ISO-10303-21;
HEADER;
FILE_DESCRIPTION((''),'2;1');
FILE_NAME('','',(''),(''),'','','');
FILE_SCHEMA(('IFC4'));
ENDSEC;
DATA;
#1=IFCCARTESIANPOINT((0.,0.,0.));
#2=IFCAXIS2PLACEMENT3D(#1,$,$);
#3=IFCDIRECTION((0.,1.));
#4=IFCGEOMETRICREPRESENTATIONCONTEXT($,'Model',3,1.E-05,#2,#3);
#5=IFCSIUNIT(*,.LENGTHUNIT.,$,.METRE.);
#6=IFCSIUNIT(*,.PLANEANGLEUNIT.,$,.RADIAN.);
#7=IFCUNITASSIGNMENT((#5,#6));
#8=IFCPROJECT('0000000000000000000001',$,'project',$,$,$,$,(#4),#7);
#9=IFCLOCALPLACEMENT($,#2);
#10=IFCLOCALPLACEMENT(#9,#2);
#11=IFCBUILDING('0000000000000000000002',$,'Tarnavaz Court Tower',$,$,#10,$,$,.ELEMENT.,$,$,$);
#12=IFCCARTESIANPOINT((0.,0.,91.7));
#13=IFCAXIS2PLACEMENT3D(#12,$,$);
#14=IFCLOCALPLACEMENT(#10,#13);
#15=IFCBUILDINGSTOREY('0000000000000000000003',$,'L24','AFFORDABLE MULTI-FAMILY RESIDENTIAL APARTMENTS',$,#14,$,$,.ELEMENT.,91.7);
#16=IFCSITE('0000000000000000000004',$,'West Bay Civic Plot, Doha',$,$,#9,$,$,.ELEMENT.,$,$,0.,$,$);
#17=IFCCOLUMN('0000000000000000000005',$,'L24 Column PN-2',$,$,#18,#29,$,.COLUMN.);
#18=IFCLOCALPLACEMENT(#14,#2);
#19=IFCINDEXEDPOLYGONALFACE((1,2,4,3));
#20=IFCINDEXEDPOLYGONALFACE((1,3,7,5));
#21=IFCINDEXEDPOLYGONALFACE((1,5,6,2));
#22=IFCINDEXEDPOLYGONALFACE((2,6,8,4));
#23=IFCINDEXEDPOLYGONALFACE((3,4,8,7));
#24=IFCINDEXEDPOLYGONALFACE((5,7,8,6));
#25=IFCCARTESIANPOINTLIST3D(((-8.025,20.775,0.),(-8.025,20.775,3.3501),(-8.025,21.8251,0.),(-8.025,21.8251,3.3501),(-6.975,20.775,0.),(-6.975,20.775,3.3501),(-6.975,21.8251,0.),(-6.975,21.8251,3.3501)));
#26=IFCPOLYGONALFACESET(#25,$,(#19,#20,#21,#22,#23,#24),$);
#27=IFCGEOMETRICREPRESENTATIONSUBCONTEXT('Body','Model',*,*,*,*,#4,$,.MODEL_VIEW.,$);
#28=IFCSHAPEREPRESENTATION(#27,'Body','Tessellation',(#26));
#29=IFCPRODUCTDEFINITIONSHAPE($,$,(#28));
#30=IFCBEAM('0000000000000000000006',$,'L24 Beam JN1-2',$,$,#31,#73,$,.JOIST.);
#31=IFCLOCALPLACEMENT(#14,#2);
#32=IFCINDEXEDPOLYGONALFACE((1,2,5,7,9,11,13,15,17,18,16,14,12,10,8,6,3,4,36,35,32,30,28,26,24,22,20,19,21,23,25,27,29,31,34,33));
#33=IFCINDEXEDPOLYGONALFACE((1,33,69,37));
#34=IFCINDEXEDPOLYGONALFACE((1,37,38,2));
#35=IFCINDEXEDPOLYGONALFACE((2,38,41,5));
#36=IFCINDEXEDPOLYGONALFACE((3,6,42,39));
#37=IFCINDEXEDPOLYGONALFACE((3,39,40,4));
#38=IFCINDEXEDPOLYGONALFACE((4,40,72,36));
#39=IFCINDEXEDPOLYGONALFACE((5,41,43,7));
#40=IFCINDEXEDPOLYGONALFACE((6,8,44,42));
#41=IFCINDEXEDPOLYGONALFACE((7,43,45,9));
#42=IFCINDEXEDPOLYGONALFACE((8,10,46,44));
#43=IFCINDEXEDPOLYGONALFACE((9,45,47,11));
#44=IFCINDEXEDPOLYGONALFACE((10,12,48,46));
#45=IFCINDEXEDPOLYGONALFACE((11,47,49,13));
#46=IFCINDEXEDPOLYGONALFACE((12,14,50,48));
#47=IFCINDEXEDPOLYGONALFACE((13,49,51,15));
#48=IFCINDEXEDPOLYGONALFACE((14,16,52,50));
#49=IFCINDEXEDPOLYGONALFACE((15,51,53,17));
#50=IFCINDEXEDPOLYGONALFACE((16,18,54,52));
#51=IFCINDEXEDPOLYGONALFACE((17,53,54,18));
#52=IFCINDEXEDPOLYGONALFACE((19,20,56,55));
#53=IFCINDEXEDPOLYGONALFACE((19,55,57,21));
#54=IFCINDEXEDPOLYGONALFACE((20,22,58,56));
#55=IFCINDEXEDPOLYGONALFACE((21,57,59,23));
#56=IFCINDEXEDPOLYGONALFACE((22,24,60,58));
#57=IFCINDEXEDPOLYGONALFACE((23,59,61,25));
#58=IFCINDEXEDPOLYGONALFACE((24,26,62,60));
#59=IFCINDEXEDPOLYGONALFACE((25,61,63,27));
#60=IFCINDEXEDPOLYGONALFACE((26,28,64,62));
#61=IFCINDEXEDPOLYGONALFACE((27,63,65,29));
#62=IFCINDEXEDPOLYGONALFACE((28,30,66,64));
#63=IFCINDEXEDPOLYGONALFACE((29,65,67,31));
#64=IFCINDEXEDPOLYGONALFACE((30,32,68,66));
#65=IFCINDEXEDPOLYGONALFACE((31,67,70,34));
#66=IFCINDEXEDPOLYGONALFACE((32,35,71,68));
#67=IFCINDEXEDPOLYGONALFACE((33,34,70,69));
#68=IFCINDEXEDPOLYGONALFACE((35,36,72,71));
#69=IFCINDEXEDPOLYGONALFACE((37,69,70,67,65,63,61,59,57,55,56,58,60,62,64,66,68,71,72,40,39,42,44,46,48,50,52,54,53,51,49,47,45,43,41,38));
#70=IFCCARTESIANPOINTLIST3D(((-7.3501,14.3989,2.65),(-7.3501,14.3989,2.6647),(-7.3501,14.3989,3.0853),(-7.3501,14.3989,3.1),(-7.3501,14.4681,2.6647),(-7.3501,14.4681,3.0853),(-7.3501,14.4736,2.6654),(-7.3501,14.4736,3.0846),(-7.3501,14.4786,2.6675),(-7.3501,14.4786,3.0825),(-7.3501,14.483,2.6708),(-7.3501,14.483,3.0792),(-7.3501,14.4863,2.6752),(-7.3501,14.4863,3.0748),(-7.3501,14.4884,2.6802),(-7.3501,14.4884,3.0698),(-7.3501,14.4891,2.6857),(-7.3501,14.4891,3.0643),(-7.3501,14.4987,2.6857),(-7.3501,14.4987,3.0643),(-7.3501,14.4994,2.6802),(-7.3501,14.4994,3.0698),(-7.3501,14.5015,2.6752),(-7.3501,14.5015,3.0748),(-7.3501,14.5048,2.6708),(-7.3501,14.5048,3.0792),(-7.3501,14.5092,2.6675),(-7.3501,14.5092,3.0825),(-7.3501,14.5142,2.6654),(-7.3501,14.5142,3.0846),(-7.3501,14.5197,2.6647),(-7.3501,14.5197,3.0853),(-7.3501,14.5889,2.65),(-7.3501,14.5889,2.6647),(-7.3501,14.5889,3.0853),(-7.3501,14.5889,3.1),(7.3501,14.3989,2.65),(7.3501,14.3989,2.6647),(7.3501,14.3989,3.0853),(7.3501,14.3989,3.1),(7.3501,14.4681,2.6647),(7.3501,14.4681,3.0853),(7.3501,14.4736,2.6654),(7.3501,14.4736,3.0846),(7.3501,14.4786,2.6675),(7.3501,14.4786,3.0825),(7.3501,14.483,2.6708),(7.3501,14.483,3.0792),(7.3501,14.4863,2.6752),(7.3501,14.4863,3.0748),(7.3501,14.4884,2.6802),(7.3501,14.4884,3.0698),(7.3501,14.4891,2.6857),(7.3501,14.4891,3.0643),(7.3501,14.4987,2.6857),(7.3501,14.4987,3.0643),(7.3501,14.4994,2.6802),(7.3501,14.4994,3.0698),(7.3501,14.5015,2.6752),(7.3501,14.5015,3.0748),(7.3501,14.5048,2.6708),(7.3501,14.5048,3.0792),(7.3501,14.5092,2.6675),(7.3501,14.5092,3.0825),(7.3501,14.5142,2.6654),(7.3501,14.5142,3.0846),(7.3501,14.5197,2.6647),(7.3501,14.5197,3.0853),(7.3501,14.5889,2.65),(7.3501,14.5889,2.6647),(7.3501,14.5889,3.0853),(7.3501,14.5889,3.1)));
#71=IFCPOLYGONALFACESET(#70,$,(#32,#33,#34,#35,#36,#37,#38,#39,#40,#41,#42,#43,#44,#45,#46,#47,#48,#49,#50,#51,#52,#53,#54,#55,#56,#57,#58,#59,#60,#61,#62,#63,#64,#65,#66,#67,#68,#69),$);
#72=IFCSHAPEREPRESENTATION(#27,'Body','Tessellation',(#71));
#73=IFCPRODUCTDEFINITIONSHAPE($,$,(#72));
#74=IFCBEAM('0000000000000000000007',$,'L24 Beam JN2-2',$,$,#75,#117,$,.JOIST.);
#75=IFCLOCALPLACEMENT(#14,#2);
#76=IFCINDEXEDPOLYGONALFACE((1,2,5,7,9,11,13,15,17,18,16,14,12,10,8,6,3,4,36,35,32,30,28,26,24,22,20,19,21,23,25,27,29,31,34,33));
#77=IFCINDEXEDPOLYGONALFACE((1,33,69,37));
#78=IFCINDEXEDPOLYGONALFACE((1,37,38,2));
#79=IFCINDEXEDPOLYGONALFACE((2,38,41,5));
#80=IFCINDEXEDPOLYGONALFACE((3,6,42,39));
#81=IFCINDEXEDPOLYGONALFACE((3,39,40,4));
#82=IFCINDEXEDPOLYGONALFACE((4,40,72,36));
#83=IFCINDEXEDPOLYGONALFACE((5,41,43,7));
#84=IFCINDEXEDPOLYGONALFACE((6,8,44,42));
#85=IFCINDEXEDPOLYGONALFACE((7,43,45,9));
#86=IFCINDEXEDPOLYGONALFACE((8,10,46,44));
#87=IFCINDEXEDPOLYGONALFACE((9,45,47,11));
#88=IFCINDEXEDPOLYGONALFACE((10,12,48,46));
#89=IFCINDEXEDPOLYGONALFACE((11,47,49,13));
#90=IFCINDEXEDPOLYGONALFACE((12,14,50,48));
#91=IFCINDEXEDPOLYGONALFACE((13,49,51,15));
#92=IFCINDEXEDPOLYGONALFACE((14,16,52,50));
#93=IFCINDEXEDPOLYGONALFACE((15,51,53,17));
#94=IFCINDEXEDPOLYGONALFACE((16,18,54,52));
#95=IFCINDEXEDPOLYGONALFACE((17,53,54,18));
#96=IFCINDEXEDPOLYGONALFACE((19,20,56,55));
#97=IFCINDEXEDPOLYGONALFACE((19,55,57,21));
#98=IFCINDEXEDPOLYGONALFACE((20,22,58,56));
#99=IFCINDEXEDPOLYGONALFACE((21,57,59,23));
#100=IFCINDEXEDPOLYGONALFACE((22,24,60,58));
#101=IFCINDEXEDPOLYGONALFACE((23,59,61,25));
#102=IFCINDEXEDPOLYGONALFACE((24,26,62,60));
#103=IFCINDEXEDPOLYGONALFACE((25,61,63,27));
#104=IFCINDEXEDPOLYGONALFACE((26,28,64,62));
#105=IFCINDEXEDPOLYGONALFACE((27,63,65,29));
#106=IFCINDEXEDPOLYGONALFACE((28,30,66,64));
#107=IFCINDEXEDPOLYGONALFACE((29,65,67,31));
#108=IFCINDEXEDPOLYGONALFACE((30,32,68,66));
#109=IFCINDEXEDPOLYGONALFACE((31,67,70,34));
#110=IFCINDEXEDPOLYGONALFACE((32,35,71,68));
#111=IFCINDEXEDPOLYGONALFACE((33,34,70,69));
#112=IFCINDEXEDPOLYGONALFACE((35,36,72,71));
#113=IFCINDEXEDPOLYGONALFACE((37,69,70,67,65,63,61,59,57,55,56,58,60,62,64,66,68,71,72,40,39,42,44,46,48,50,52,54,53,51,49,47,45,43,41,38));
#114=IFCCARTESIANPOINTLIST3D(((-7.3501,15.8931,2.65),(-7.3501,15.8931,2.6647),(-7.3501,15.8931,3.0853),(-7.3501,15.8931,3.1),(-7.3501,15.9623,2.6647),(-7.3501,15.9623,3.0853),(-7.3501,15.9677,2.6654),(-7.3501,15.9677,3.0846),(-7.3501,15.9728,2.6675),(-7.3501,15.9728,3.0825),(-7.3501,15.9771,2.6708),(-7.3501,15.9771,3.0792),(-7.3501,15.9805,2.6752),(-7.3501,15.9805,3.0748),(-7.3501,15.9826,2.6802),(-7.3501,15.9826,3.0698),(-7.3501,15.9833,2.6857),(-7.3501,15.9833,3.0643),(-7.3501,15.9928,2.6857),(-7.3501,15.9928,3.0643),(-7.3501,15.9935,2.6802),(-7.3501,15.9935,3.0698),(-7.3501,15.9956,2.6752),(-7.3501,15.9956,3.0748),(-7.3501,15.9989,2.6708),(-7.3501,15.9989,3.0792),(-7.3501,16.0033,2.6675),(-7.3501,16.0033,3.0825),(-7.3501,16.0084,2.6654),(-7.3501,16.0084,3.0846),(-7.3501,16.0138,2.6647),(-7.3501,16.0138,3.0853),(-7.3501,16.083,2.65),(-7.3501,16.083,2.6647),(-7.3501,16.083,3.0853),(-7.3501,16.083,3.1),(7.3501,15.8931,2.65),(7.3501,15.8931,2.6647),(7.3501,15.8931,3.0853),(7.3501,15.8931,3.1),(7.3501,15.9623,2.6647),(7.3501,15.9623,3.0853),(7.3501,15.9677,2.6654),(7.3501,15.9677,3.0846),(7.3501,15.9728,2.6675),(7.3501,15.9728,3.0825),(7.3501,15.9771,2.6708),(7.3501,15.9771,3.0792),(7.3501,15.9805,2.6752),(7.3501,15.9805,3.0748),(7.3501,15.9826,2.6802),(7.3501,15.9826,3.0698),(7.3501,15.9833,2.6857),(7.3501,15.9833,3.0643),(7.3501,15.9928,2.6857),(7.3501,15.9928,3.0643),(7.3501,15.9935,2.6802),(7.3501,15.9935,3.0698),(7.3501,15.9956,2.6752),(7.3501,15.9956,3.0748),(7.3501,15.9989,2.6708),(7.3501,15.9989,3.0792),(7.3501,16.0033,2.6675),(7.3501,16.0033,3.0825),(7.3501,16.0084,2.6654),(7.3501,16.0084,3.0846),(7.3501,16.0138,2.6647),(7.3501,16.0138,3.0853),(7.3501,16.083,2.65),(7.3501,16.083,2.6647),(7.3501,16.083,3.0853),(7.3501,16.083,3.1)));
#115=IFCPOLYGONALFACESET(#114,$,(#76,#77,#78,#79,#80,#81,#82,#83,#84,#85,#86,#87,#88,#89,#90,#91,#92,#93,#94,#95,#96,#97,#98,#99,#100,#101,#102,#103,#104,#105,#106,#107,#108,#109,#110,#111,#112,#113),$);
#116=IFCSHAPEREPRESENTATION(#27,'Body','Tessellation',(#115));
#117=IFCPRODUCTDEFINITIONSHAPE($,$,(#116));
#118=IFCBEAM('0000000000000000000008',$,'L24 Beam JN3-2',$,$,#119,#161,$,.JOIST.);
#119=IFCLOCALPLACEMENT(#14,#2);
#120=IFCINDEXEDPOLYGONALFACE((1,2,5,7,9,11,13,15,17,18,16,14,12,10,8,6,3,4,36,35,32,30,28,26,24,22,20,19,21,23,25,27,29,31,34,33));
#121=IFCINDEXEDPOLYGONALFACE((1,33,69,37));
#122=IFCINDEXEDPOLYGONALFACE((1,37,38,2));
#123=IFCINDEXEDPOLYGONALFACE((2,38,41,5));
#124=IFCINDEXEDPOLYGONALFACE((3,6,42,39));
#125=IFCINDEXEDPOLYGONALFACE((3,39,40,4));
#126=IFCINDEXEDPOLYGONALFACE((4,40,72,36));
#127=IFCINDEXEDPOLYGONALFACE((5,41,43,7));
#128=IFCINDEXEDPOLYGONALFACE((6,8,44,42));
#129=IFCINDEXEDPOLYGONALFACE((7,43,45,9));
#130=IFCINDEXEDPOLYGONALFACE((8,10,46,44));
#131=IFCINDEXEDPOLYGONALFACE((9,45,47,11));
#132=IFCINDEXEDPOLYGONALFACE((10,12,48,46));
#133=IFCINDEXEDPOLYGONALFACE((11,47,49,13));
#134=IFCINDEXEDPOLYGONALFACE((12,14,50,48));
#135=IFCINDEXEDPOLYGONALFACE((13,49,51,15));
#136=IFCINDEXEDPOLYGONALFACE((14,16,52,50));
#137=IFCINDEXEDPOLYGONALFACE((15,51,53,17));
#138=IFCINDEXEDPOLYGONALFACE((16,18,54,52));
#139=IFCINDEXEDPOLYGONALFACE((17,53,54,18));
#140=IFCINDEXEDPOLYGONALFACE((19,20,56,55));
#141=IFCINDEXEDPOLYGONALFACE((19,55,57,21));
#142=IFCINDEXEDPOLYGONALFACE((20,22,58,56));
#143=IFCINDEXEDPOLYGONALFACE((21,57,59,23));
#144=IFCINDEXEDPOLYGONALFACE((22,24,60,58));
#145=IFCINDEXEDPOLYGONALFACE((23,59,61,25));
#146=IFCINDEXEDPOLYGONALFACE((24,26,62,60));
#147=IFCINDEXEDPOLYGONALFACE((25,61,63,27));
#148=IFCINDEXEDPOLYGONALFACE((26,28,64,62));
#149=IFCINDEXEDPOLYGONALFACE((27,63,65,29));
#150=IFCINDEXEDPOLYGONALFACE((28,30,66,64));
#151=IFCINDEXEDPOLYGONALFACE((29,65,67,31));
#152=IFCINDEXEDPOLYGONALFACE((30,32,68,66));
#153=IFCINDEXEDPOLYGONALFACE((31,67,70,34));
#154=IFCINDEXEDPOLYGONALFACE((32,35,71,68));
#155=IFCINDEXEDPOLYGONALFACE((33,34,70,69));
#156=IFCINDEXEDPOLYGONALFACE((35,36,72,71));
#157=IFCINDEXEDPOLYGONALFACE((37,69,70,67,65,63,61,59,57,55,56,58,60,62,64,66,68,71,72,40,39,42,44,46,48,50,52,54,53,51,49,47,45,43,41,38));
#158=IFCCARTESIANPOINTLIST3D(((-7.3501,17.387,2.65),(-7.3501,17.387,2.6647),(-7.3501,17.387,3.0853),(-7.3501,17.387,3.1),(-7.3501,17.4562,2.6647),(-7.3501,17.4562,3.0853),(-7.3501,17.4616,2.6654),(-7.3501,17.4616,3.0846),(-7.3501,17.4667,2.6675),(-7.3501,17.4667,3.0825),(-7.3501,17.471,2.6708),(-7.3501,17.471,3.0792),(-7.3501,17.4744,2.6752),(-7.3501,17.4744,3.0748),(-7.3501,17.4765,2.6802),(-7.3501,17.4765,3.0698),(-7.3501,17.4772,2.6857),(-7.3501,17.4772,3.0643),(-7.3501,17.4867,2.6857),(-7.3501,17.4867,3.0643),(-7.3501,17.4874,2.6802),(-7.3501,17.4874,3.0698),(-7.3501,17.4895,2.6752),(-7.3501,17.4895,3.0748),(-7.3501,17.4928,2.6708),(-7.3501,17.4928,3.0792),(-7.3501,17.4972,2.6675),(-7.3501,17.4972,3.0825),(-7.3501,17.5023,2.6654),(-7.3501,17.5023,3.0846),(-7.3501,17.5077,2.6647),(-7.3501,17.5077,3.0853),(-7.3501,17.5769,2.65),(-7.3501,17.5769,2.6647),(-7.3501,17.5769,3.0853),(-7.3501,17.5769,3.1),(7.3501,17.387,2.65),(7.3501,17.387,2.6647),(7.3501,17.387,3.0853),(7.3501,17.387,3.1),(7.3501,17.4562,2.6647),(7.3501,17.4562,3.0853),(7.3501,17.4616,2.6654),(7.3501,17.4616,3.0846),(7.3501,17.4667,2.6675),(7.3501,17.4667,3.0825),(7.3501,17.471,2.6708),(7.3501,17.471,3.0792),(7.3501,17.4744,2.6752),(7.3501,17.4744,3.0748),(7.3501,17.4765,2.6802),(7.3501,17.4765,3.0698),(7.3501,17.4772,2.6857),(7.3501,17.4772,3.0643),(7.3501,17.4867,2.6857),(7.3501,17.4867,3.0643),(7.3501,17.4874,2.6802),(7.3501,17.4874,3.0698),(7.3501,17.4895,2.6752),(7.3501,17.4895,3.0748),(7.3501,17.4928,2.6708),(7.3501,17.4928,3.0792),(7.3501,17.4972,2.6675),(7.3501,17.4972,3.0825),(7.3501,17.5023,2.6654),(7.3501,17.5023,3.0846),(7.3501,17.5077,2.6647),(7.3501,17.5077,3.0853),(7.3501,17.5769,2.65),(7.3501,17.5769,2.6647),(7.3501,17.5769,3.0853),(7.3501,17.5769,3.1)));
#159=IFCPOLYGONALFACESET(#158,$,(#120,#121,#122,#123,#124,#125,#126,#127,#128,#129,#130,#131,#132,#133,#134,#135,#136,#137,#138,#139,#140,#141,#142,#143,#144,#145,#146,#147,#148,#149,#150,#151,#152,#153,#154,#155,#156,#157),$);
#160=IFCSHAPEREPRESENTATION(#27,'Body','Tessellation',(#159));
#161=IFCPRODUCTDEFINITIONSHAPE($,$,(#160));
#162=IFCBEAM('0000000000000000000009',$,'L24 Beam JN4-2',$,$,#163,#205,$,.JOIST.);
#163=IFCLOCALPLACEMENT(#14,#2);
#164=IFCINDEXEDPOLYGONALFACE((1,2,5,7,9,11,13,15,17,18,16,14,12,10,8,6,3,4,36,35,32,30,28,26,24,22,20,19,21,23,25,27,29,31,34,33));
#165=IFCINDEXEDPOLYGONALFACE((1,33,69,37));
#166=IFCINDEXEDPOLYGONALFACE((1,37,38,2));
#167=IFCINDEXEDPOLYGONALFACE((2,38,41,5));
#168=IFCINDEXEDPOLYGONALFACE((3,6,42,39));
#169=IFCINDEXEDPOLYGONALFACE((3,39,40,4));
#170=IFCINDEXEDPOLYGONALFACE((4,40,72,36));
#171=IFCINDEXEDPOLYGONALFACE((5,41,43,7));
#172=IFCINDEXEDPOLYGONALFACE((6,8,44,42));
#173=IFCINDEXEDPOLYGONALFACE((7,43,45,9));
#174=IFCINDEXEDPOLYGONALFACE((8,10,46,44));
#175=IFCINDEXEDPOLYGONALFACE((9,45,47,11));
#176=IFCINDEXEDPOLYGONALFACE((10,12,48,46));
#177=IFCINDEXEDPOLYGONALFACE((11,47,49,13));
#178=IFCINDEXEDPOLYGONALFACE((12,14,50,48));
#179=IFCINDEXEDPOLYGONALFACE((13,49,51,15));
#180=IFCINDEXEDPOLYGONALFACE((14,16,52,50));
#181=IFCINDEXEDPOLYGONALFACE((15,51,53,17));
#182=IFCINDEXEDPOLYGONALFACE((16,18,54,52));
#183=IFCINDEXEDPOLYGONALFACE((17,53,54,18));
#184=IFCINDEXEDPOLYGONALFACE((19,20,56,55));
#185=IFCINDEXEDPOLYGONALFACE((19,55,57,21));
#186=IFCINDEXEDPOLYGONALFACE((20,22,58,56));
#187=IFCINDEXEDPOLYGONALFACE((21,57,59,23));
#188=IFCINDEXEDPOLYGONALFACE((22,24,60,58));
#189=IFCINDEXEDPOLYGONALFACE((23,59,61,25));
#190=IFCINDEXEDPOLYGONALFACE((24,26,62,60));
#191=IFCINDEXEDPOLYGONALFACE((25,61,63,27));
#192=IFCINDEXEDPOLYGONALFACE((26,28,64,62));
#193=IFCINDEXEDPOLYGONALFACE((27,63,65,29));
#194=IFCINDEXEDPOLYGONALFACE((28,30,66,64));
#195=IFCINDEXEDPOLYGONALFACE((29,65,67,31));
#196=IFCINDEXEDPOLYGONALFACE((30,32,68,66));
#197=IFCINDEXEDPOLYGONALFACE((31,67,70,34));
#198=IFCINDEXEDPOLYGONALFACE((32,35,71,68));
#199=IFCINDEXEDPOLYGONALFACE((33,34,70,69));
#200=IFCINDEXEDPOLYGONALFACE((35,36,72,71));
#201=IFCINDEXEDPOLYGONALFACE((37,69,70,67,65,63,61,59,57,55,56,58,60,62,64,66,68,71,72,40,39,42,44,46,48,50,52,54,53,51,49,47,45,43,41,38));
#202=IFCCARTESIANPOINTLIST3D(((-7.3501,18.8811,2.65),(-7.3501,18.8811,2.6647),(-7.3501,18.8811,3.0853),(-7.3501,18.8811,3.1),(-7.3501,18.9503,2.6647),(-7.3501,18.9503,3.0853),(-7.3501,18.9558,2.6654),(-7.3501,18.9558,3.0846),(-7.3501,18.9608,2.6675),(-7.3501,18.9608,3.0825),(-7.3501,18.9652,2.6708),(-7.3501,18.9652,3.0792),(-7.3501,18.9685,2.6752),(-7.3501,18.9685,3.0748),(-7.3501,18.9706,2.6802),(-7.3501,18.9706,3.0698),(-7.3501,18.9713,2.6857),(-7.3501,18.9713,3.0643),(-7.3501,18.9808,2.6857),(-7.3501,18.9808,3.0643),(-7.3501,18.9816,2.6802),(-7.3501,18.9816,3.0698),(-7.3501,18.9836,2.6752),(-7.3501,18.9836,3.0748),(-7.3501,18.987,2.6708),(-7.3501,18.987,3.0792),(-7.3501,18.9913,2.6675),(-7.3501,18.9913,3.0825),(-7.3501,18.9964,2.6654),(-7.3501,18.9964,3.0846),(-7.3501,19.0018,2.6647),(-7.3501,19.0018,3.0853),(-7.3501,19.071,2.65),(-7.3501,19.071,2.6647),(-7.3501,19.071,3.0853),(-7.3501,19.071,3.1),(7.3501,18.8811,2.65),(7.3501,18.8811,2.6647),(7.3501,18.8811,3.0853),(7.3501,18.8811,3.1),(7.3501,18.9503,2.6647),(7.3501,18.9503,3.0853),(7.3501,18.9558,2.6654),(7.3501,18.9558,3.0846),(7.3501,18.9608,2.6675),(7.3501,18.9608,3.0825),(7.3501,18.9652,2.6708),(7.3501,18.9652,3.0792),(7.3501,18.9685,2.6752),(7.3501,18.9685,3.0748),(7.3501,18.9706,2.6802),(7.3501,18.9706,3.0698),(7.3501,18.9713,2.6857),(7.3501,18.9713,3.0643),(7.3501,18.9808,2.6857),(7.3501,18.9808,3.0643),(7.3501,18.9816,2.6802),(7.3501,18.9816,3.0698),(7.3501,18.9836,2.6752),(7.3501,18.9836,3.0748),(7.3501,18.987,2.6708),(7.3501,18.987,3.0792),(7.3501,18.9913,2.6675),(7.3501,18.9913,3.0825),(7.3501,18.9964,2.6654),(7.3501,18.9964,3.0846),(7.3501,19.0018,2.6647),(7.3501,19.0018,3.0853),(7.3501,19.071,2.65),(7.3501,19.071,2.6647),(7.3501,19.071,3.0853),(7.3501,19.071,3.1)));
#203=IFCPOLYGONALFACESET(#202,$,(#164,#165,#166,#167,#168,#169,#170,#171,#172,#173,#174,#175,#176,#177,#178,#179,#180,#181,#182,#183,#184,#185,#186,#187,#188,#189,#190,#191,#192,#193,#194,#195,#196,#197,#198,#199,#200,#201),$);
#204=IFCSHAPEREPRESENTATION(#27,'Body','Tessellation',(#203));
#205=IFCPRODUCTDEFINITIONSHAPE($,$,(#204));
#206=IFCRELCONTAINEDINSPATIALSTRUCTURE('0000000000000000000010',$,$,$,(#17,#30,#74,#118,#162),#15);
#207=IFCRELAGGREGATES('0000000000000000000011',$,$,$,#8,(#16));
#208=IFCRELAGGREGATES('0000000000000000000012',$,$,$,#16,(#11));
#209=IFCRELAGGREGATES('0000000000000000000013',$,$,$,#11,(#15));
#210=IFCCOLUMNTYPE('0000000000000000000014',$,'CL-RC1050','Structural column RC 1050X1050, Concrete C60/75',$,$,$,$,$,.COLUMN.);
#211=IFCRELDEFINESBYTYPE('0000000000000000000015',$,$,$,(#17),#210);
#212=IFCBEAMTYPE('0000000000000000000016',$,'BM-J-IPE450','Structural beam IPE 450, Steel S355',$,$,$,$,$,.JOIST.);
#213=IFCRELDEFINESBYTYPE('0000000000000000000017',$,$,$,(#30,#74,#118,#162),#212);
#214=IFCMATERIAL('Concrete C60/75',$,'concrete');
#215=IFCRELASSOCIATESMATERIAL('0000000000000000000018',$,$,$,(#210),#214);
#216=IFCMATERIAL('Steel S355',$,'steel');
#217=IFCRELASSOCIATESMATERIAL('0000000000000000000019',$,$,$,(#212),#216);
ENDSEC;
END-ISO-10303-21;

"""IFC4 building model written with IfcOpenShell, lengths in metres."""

from ifc_helpers import new_model, si_unit, direction, frame, origin, origin_2d, place, context, subcontext, project, spatial, rectangle, i_section, extrude, material, material_profile, profile_set, type_object, element, save


model = new_model("IFC4")

# Units and contexts
model_context = context("Model", 3, precision=1e-05, world=origin(), true_north=direction((0.0, 1.0)))
body_context = subcontext(model_context, "Body", "Model", "MODEL_VIEW")
ifc_project = project(units=[si_unit("LENGTHUNIT", "METRE"), si_unit("PLANEANGLEUNIT", "RADIAN")], contexts=[model_context])

# Site, building, storey
site_placement = place(None, origin())
site = spatial("IfcSite", under=ifc_project, at=site_placement, Name="West Bay Civic Plot, Doha", CompositionType="ELEMENT", RefElevation=0.0)
building_placement = place(site_placement, origin())
building = spatial("IfcBuilding", under=site, at=building_placement, Name="Tarnavaz Court Tower", CompositionType="ELEMENT")
storey_placement = place(building_placement, frame((0.0, 0.0, 91.7)))
storey = spatial("IfcBuildingStorey", under=building, at=storey_placement, Name="L24", Description="AFFORDABLE MULTI-FAMILY RESIDENTIAL APARTMENTS", CompositionType="ELEMENT", Elevation=91.7)

# Column
ifc_material_1 = material(Name="Concrete C60/75", Category="concrete")
ifc_material_profile_1 = material_profile(ifc_material_1, rectangle(XDim=1.05, YDim=1.05, at=origin_2d()), Name="RC 1050X1050")
ifc_profile_set_1 = profile_set([ifc_material_profile_1], Name="Concrete C60/75")
column_type = type_object("IfcColumnType", Name="CL-RC1050", Description="Structural column RC 1050X1050, Concrete C60/75", PredefinedType="COLUMN", material=ifc_profile_set_1)
column_placement = place(storey_placement, frame((-7.5, 21.3, 0.0), z_axis=(0.0, 0.0, 1.0), x_axis=(1.0, 0.0, 0.0)))
element("IfcColumn", 1, at=column_placement, inside=storey, type_object=column_type, Name="L24 Column PN-2", PredefinedType="COLUMN", context=body_context, shape_type="SweptSolid", body=[
    extrude(rectangle(XDim=1.05, YDim=1.05, at=origin_2d()), origin(), (0.0, 0.0, 1.0), 3.3501),
])

# Beams
ifc_material_2 = material(Name="Steel S355", Category="steel")
ifc_material_profile_2 = material_profile(ifc_material_2, i_section(OverallWidth=0.1899, OverallDepth=0.45, WebThickness=0.0095, FlangeThickness=0.0146, FilletRadius=0.021, at=origin_2d()), Name="IPE 450")
ifc_profile_set_2 = profile_set([ifc_material_profile_2], Name="Steel S355")
beam_type_1 = type_object("IfcBeamType", Name="BM-J-IPE450", Description="Structural beam IPE 450, Steel S355", PredefinedType="JOIST", material=ifc_profile_set_2)
for number, where, z_axis, x_axis, name in (
    (2, (-7.3501, 14.4939, 2.875), (1.0, 0.0, 0.0), (0.0, 1.0, 0.0), "L24 Beam JN1-2"),
    (3, (-7.3501, 15.988, 2.875), (1.0, 0.0, 0.0), (0.0, 1.0, 0.0), "L24 Beam JN2-2"),
    (4, (-7.3501, 17.4819, 2.875), (1.0, 0.0, 0.0), (0.0, 1.0, 0.0), "L24 Beam JN3-2"),
    (5, (-7.3501, 18.9761, 2.875), (1.0, 0.0, 0.0), (0.0, 1.0, 0.0), "L24 Beam JN4-2"),
):
    element("IfcBeam", number, at=place(storey_placement, frame(where, z_axis=z_axis, x_axis=x_axis)), inside=storey, type_object=beam_type_1, Name=name, PredefinedType="JOIST", context=body_context, shape_type="SweptSolid", body=[
        extrude(i_section(OverallWidth=0.1899, OverallDepth=0.45, WebThickness=0.0095, FlangeThickness=0.0146, FilletRadius=0.021, at=origin_2d()), origin(), (0.0, 0.0, 1.0), 14.7002),
    ])

save(model, "model.ifc")
